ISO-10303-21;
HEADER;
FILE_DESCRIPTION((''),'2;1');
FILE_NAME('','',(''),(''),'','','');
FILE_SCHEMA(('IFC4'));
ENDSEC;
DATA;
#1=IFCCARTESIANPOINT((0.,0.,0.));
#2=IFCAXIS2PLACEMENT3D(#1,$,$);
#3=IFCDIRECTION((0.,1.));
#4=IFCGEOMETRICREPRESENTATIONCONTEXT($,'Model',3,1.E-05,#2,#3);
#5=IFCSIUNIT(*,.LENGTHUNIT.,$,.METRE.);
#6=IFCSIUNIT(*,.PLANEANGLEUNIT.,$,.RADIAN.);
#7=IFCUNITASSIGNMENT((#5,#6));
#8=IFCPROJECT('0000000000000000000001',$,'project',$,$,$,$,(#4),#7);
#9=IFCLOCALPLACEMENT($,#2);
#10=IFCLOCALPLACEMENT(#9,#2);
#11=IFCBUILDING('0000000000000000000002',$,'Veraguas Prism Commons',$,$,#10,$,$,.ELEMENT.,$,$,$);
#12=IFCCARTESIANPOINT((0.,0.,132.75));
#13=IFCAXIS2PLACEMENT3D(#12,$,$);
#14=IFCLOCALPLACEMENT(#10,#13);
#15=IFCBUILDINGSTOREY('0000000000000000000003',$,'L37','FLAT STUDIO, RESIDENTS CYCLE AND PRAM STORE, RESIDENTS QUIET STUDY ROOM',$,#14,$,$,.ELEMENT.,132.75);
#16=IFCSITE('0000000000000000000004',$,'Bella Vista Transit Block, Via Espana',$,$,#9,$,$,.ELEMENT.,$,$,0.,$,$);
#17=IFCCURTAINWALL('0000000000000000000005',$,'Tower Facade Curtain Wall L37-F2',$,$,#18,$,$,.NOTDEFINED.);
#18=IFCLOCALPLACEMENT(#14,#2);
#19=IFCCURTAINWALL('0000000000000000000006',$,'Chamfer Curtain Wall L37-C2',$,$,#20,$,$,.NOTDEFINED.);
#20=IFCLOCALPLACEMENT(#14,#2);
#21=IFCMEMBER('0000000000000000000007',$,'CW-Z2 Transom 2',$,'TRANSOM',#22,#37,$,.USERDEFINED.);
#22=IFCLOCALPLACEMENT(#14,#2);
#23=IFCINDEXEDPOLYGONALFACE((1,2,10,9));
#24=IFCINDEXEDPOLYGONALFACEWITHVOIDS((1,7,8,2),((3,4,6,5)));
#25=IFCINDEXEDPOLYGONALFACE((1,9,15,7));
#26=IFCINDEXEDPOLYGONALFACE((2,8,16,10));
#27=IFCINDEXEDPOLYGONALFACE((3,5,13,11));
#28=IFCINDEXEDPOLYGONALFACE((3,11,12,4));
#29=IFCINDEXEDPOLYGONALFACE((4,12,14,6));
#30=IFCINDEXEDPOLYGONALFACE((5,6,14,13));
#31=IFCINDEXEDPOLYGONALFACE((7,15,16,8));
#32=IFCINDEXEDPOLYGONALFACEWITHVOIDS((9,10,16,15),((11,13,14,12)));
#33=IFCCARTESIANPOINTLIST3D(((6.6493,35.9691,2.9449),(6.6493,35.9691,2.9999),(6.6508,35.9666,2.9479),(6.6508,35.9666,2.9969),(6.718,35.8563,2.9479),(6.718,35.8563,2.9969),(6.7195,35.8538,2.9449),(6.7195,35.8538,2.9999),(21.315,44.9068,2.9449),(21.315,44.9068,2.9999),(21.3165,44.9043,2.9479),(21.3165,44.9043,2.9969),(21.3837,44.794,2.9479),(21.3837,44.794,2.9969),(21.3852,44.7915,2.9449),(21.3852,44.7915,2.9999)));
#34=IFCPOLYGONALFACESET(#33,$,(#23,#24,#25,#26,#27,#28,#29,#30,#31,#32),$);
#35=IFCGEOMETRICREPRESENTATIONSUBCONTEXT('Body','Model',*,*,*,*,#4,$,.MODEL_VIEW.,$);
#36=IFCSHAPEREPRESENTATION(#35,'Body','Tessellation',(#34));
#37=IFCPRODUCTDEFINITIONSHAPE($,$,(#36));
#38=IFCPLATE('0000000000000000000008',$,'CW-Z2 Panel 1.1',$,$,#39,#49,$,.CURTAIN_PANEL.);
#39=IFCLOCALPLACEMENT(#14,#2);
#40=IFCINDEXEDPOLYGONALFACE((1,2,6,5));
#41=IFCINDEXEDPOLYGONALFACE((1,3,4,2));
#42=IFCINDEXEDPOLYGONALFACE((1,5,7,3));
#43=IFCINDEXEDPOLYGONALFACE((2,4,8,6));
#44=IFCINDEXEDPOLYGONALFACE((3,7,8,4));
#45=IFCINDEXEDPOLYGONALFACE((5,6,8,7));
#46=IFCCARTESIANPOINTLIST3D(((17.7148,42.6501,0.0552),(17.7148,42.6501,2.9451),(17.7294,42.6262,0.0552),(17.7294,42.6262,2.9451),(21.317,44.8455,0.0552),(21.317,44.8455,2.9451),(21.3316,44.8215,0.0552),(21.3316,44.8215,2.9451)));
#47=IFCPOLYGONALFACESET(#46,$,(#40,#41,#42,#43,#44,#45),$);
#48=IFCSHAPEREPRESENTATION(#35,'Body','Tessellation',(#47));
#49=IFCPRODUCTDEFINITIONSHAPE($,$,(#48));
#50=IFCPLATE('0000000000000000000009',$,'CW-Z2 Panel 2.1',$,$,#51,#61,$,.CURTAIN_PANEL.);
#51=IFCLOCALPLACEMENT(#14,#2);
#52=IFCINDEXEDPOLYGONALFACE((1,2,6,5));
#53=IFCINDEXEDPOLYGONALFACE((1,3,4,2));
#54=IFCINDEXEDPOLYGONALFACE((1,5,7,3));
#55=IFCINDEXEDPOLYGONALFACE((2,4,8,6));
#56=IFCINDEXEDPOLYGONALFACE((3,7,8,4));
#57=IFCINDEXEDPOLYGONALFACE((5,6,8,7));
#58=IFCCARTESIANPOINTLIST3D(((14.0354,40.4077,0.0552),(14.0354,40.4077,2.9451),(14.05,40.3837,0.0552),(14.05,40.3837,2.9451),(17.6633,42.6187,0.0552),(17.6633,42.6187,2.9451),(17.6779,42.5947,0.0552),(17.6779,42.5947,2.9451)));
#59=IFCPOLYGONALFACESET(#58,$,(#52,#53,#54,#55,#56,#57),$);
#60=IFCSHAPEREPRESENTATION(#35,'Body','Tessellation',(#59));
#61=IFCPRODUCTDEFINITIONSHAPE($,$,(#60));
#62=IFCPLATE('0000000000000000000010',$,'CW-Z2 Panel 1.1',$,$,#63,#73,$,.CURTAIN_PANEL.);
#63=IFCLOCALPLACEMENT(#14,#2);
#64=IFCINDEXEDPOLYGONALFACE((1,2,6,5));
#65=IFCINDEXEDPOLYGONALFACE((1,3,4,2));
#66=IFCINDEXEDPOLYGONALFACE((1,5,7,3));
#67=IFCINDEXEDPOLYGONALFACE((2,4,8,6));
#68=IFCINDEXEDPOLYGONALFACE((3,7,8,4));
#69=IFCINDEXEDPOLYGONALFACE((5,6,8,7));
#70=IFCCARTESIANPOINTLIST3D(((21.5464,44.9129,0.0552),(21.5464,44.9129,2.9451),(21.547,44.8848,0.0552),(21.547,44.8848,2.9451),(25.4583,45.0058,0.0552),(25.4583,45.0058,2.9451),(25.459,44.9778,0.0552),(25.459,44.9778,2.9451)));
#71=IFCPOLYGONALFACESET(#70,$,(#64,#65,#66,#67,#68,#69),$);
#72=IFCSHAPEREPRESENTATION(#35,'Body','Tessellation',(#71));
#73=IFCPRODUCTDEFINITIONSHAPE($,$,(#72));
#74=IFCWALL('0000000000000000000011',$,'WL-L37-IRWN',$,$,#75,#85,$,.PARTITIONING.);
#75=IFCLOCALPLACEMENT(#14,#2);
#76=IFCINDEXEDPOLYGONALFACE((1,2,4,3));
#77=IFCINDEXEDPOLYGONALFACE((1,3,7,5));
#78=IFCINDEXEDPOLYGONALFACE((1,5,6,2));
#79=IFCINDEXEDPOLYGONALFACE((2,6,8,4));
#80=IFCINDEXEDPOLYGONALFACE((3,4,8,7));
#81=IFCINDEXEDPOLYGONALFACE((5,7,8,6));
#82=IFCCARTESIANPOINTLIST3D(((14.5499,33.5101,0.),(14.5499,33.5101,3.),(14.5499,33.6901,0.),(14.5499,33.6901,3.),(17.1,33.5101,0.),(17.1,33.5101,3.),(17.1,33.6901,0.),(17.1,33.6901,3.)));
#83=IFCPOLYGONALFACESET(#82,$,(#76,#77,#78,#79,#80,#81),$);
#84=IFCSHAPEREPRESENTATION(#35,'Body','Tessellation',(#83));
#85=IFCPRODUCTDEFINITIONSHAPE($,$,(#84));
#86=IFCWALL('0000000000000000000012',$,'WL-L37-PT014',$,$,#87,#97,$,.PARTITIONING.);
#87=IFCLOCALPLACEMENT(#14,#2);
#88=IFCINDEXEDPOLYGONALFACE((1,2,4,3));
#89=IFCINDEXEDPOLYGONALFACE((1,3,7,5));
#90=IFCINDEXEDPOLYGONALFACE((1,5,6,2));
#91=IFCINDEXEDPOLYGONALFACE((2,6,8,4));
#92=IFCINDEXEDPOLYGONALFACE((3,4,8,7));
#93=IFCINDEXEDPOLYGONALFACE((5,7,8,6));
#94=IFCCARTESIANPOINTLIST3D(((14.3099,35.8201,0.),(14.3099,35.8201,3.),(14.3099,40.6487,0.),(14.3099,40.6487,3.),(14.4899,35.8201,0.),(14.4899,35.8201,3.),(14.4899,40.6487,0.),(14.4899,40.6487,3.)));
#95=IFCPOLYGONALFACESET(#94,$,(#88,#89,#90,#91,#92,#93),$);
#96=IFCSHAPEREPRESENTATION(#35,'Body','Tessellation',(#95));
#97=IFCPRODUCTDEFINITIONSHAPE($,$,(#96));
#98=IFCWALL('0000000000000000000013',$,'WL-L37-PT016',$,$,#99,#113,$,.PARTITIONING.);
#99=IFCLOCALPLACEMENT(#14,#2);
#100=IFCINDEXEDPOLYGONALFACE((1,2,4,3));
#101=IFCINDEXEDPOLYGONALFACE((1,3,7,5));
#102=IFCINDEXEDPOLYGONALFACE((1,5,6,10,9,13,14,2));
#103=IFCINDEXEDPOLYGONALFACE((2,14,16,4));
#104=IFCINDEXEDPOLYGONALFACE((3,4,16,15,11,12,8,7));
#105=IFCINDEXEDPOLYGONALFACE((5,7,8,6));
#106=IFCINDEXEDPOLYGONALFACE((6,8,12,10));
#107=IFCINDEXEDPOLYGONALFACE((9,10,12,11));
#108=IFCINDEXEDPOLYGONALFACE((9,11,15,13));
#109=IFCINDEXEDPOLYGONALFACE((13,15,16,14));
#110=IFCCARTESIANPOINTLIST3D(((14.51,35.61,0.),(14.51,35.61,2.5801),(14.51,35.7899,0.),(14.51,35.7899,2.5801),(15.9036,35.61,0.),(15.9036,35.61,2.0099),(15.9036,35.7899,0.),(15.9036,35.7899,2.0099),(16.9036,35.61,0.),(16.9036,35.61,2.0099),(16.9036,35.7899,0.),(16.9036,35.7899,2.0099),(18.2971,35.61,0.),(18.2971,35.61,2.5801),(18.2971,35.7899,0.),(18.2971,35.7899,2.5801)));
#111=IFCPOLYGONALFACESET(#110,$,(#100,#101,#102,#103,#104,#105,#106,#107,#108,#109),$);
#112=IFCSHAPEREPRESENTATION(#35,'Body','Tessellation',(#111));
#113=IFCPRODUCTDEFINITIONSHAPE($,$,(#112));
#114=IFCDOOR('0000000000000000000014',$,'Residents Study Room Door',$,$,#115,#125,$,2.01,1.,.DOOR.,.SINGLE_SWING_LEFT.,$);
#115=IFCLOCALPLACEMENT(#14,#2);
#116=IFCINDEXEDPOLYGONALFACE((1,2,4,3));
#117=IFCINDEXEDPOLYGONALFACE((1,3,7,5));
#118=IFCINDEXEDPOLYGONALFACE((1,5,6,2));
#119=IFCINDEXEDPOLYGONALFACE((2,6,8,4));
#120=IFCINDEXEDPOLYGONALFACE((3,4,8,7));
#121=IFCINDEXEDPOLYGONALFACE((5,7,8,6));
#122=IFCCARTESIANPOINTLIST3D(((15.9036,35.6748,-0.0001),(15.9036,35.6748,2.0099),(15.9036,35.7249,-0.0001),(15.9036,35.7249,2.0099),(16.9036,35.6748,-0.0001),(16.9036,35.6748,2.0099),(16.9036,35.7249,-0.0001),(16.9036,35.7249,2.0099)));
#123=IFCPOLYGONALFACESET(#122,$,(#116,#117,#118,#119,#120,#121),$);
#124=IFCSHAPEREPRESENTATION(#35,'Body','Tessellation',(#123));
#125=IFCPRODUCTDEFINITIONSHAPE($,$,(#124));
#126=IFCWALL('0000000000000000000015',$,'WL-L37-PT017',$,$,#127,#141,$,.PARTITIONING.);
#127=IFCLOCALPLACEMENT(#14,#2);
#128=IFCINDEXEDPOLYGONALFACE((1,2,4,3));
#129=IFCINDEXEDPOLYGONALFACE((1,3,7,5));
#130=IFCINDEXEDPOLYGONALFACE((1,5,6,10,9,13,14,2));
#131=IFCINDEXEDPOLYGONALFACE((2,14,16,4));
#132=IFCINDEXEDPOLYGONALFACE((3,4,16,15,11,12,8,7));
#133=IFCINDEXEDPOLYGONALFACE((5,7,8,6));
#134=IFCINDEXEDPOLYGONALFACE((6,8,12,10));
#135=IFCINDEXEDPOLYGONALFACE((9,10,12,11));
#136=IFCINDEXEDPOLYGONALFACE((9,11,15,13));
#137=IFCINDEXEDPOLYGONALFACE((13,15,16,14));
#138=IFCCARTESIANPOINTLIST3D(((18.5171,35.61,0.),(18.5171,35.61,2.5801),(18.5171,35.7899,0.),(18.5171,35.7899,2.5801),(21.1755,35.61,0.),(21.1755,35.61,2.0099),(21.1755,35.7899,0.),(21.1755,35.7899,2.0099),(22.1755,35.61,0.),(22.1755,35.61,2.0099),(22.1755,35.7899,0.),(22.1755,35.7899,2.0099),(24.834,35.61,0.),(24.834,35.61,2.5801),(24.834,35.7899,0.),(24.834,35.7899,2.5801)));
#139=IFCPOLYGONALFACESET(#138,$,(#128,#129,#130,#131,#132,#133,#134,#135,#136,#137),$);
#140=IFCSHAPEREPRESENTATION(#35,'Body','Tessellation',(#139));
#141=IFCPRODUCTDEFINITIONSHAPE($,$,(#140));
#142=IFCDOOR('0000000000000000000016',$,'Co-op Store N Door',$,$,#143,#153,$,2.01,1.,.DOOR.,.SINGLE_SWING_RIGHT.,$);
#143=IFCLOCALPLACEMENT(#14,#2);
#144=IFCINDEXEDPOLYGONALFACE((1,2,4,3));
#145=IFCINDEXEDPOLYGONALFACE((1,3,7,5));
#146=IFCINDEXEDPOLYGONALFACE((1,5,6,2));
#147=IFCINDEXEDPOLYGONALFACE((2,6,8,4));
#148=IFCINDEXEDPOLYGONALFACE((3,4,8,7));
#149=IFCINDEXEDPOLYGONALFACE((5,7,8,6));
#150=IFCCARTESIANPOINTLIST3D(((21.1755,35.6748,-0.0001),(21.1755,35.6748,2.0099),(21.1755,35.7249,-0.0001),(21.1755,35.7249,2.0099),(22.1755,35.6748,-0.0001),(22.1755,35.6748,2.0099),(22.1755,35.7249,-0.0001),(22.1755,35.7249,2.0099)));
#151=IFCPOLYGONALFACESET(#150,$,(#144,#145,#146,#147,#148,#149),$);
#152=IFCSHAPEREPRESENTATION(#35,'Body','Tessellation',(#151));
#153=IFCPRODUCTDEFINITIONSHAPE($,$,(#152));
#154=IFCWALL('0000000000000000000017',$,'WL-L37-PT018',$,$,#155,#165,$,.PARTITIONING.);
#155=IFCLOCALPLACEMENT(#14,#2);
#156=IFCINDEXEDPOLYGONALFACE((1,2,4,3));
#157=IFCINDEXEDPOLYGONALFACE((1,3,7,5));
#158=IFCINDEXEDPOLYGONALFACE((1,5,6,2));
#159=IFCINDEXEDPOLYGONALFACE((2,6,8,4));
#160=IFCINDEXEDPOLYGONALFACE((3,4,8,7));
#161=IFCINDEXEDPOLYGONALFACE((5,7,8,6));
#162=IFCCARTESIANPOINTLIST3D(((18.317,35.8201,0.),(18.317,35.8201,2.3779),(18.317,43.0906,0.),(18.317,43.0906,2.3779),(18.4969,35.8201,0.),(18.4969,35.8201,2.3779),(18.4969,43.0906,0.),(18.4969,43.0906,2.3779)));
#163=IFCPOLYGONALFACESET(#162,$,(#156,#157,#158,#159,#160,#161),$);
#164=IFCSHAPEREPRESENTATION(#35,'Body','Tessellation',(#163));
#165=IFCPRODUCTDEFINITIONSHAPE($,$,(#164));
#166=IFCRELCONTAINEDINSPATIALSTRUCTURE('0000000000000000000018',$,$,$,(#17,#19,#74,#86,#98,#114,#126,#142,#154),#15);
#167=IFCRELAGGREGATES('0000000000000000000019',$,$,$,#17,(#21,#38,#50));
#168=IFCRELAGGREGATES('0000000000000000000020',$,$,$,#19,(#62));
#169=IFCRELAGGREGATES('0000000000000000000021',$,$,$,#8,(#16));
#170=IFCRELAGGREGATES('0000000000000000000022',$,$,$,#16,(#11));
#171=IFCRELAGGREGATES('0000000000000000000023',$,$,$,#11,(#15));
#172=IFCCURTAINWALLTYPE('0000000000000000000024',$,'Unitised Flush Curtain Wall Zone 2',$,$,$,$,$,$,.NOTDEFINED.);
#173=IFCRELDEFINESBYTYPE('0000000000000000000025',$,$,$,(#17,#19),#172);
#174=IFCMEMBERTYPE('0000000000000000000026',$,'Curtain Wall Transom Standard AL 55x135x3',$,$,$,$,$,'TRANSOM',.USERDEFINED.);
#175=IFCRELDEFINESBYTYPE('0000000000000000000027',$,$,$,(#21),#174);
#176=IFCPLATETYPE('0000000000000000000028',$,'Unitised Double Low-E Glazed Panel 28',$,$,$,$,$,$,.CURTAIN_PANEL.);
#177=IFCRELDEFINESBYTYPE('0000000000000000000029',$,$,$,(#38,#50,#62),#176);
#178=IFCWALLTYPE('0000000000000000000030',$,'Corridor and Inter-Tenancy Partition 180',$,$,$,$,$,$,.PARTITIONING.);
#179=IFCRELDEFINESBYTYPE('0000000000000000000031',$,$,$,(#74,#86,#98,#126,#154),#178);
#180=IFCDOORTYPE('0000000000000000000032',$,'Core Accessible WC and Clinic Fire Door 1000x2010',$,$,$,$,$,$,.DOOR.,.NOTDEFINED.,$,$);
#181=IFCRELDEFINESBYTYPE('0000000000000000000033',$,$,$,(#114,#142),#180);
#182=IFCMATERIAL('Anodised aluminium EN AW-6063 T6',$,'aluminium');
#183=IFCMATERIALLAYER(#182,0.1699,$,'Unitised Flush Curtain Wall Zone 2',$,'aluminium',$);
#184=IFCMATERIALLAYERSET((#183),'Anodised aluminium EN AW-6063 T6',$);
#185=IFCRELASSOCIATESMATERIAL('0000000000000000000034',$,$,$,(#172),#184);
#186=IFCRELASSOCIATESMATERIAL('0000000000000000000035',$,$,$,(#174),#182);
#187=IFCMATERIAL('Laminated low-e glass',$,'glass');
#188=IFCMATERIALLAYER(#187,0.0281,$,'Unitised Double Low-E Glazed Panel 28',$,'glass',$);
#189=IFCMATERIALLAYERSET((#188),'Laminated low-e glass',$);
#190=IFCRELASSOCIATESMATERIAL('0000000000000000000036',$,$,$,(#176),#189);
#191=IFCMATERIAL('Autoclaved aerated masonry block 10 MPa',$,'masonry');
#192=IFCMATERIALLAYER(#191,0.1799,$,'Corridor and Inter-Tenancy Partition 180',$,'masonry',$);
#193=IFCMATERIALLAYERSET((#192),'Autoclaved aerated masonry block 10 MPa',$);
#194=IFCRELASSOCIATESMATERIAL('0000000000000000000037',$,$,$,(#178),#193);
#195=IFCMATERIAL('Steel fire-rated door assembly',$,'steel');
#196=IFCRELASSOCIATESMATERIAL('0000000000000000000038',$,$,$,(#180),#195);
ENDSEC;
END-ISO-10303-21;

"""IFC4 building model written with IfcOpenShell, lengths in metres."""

from ifc_helpers import new_model, si_unit, direction, frame, frame_2d, origin, origin_2d, place, context, subcontext, project, spatial, rectangle, hollow_rectangle, extrude, source, transform, mapped, material, layer, layer_set, material_profile, profile_set, type_object, element, fill, aggregate, save


model = new_model("IFC4")

# Units and contexts
model_context = context("Model", 3, precision=1e-05, world=origin(), true_north=direction((0.0, 1.0)))
body_context = subcontext(model_context, "Body", "Model", "MODEL_VIEW")
ifc_project = project(units=[si_unit("LENGTHUNIT", "METRE"), si_unit("PLANEANGLEUNIT", "RADIAN")], contexts=[model_context])

# Site, building, storey
site_placement = place(None, origin())
site = spatial("IfcSite", under=ifc_project, at=site_placement, Name="Bella Vista Transit Block, Via Espana", CompositionType="ELEMENT", RefElevation=0.0)
building_placement = place(site_placement, origin())
building = spatial("IfcBuilding", under=site, at=building_placement, Name="Veraguas Prism Commons", CompositionType="ELEMENT")
storey_placement = place(building_placement, frame((0.0, 0.0, 132.75)))
storey = spatial("IfcBuildingStorey", under=building, at=storey_placement, Name="L37", Description="FLAT STUDIO, RESIDENTS CYCLE AND PRAM STORE, RESIDENTS QUIET STUDY ROOM", CompositionType="ELEMENT", Elevation=132.75)

# Curtain wall
ifc_material_1 = material(Name="Anodised aluminium EN AW-6063 T6", Category="aluminium")
ifc_layer_1 = layer(ifc_material_1, 0.1699, Name="Unitised Flush Curtain Wall Zone 2", Category="aluminium")
ifc_layer_set_1 = layer_set([ifc_layer_1], Name="Anodised aluminium EN AW-6063 T6")
curtain_wall_type = type_object("IfcCurtainWallType", Name="Unitised Flush Curtain Wall Zone 2", PredefinedType="NOTDEFINED", material=ifc_layer_set_1)
curtain_wall_1_placement = place(storey_placement, origin())
curtain_wall_1 = element("IfcCurtainWall", 1, at=curtain_wall_1_placement, inside=storey, type_object=curtain_wall_type, Name="Tower Facade Curtain Wall L37-F2", PredefinedType="NOTDEFINED")

# Curtain wall
curtain_wall_2_placement = place(storey_placement, origin())
curtain_wall_2 = element("IfcCurtainWall", 2, at=curtain_wall_2_placement, inside=storey, type_object=curtain_wall_type, Name="Chamfer Curtain Wall L37-C2", PredefinedType="NOTDEFINED")

# Member
ifc_material_profile_1 = material_profile(ifc_material_1, hollow_rectangle(XDim=0.0549, YDim=0.135, WallThickness=0.0029, at=origin_2d()), Name="AL55X135X3")
ifc_profile_set_1 = profile_set([ifc_material_profile_1], Name="Anodised aluminium EN AW-6063 T6")
member_type_1 = type_object("IfcMemberType", Name="Curtain Wall Transom Standard AL 55x135x3", ElementType="TRANSOM", PredefinedType="USERDEFINED", material=ifc_profile_set_1)
shared_shape_1 = source(origin(), body_context, "Body", "SweptSolid", [
    extrude(hollow_rectangle(XDim=0.0549, YDim=0.135, WallThickness=0.0029, at=origin_2d()), origin(), (0.0, 0.0, 1.0), 17.1746),
])
member_1_placement = place(storey_placement, frame((21.3501, 44.8491, 2.9724), z_axis=(-0.85392, -0.520404, 0.0), x_axis=(0.0, 0.0, 1.0)))
member_1 = element("IfcMember", 3, at=member_1_placement, type_object=member_type_1, Name="CW-Z2 Transom 2", ObjectType="TRANSOM", PredefinedType="USERDEFINED", context=body_context, shape_type="MappedRepresentation", body=[
    mapped(shared_shape_1, transform((0.0, 0.0, 0.0), scale=1.0)),
])

# Plates
ifc_material_2 = material(Name="Laminated low-e glass", Category="glass")
ifc_layer_2 = layer(ifc_material_2, 0.0281, Name="Unitised Double Low-E Glazed Panel 28", Category="glass")
ifc_layer_set_2 = layer_set([ifc_layer_2], Name="Laminated low-e glass")
plate_type = type_object("IfcPlateType", Name="Unitised Double Low-E Glazed Panel 28", PredefinedType="CURTAIN_PANEL", material=ifc_layer_set_2)
shared_shape_2 = source(origin(), body_context, "Body", "SweptSolid", [
    extrude(rectangle(XDim=4.2185, YDim=0.0281, at=origin_2d()), origin(), (0.0, 0.0, 1.0), 2.8899),
])
plate_1_placement = place(storey_placement, frame((19.5232, 43.7358, 0.0552), z_axis=(0.0, 0.0, 1.0), x_axis=(-0.853916, -0.520411, 0.0)))
plate_1 = element("IfcPlate", 4, at=plate_1_placement, type_object=plate_type, Name="CW-Z2 Panel 1.1", PredefinedType="CURTAIN_PANEL", context=body_context, shape_type="MappedRepresentation", body=[
    mapped(shared_shape_2, transform((0.0, 0.0, 0.0), scale=1.0)),
])
shared_shape_3 = source(origin(), body_context, "Body", "SweptSolid", [
    extrude(rectangle(XDim=4.2485, YDim=0.0281, at=origin_2d()), origin(), (0.0, 0.0, 1.0), 2.8899),
])
plate_2_placement = place(storey_placement, frame((15.8567, 41.5012, 0.0552), z_axis=(0.0, 0.0, 1.0), x_axis=(-0.853916, -0.520411, 0.0)))
plate_2 = element("IfcPlate", 5, at=plate_2_placement, type_object=plate_type, Name="CW-Z2 Panel 2.1", PredefinedType="CURTAIN_PANEL", context=body_context, shape_type="MappedRepresentation", body=[
    mapped(shared_shape_3, transform((0.0, 0.0, 0.0), scale=1.0)),
])
aggregate(curtain_wall_1, [member_1, plate_1, plate_2])
shared_shape_4 = source(origin(), body_context, "Body", "SweptSolid", [
    extrude(rectangle(XDim=3.9131, YDim=0.0281, at=origin_2d()), origin(), (0.0, 0.0, 1.0), 2.8899),
])
plate_3_placement = place(storey_placement, frame((23.5027, 44.9453, 0.0552), z_axis=(0.0, 0.0, 1.0), x_axis=(-0.999718, -0.023753, 0.0)))
plate_3 = element("IfcPlate", 6, at=plate_3_placement, type_object=plate_type, Name="CW-Z2 Panel 1.1", PredefinedType="CURTAIN_PANEL", context=body_context, shape_type="MappedRepresentation", body=[
    mapped(shared_shape_4, transform((0.0, 0.0, 0.0), scale=1.0)),
])
aggregate(curtain_wall_2, [plate_3])

# Walls
ifc_material_3 = material(Name="Autoclaved aerated masonry block 10 MPa", Category="masonry")
ifc_layer_3 = layer(ifc_material_3, 0.1799, Name="Corridor and Inter-Tenancy Partition 180", Category="masonry")
ifc_layer_set_3 = layer_set([ifc_layer_3], Name="Autoclaved aerated masonry block 10 MPa")
wall_type = type_object("IfcWallType", Name="Corridor and Inter-Tenancy Partition 180", PredefinedType="PARTITIONING", material=ifc_layer_set_3)
wall_1_placement = place(storey_placement, frame((14.55, 33.6001, 0.0), z_axis=(0.0, 0.0, 1.0), x_axis=(1.0, 0.0, 0.0)))
element("IfcWall", 7, at=wall_1_placement, inside=storey, type_object=wall_type, Name="WL-L37-IRWN", PredefinedType="PARTITIONING", context=body_context, shape_type="SweptSolid", body=[
    extrude(rectangle(XDim=2.55, YDim=0.1799, at=frame_2d((1.2749, 0.0))), origin(), (0.0, 0.0, 1.0), 3.0),
])
wall_2_placement = place(storey_placement, frame((14.3999, 35.8201, 0.0), z_axis=(0.0, 0.0, 1.0), x_axis=(0.0, 1.0, 0.0)))
element("IfcWall", 8, at=wall_2_placement, inside=storey, type_object=wall_type, Name="WL-L37-PT014", PredefinedType="PARTITIONING", context=body_context, shape_type="SweptSolid", body=[
    extrude(rectangle(XDim=4.8286, YDim=0.1799, at=frame_2d((2.4143, 0.0))), origin(), (0.0, 0.0, 1.0), 3.0),
])

# Walls, openings, doors
wall_3_placement = place(storey_placement, frame((14.51, 35.7, 0.0), z_axis=(0.0, 0.0, 1.0), x_axis=(1.0, 0.0, 0.0)))
wall_3 = element("IfcWall", 9, at=wall_3_placement, inside=storey, type_object=wall_type, Name="WL-L37-PT016", PredefinedType="PARTITIONING", context=body_context, shape_type="SweptSolid", body=[
    extrude(rectangle(XDim=3.7871, YDim=0.1799, at=frame_2d((1.8936, 0.0))), origin(), (0.0, 0.0, 1.0), 2.5801),
])
opening_1_placement = place(wall_3_placement, frame((1.3936, 0.0, 0.0)))
opening_1 = element("IfcOpeningElement", 10, at=opening_1_placement, cuts=wall_3, PredefinedType="OPENING", context=body_context, shape_type="SweptSolid", body=[
    extrude(rectangle(XDim=1.0, YDim=2.01, at=frame_2d((0.5, 1.0049))), frame((0.0, 0.0999, 0.0), z_axis=(0.0, -1.0, 0.0), x_axis=(1.0, 0.0, 0.0)), (0.0, 0.0, 1.0), 0.2),
])
ifc_material_4 = material(Name="Steel fire-rated door assembly", Category="steel")
door_type = type_object("IfcDoorType", Name="Core Accessible WC and Clinic Fire Door 1000x2010", OperationType="NOTDEFINED", PredefinedType="DOOR", material=ifc_material_4)
shared_shape_5 = source(origin(), body_context, "Body", "SweptSolid", [
    extrude(rectangle(XDim=1.0, YDim=2.01, at=frame_2d((0.5, 1.0049))), frame((0.0, 0.0249, 0.0), z_axis=(0.0, -1.0, 0.0), x_axis=(1.0, 0.0, 0.0)), (0.0, 0.0, 1.0), 0.05),
])
door_1_placement = place(opening_1_placement, origin())
door_1 = element("IfcDoor", 11, at=door_1_placement, inside=storey, type_object=door_type, Name="Residents Study Room Door", OperationType="SINGLE_SWING_LEFT", OverallHeight=2.01, OverallWidth=1.0, PredefinedType="DOOR", context=body_context, shape_type="MappedRepresentation", body=[
    mapped(shared_shape_5, transform((0.0, 0.0, 0.0), scale=1.0)),
])
fill(opening_1, door_1)
wall_4_placement = place(storey_placement, frame((18.5171, 35.7, 0.0), z_axis=(0.0, 0.0, 1.0), x_axis=(1.0, 0.0, 0.0)))
wall_4 = element("IfcWall", 12, at=wall_4_placement, inside=storey, type_object=wall_type, Name="WL-L37-PT017", PredefinedType="PARTITIONING", context=body_context, shape_type="SweptSolid", body=[
    extrude(rectangle(XDim=6.3169, YDim=0.1799, at=frame_2d((3.1584, 0.0))), origin(), (0.0, 0.0, 1.0), 2.5801),
])
opening_2_placement = place(wall_4_placement, frame((2.6584, 0.0, 0.0)))
opening_2 = element("IfcOpeningElement", 13, at=opening_2_placement, cuts=wall_4, PredefinedType="OPENING", context=body_context, shape_type="SweptSolid", body=[
    extrude(rectangle(XDim=1.0, YDim=2.01, at=frame_2d((0.5, 1.0049))), frame((0.0, 0.0999, 0.0), z_axis=(0.0, -1.0, 0.0), x_axis=(1.0, 0.0, 0.0)), (0.0, 0.0, 1.0), 0.2),
])
door_2_placement = place(opening_2_placement, origin())
door_2 = element("IfcDoor", 14, at=door_2_placement, inside=storey, type_object=door_type, Name="Co-op Store N Door", OperationType="SINGLE_SWING_RIGHT", OverallHeight=2.01, OverallWidth=1.0, PredefinedType="DOOR", context=body_context, shape_type="MappedRepresentation", body=[
    mapped(shared_shape_5, transform((0.0, 0.0, 0.0), scale=1.0)),
])
fill(opening_2, door_2)

# Wall
wall_5_placement = place(storey_placement, frame((18.407, 35.8201, 0.0), z_axis=(0.0, 0.0, 1.0), x_axis=(0.0, 1.0, 0.0)))
element("IfcWall", 15, at=wall_5_placement, inside=storey, type_object=wall_type, Name="WL-L37-PT018", PredefinedType="PARTITIONING", context=body_context, shape_type="SweptSolid", body=[
    extrude(rectangle(XDim=7.2705, YDim=0.1799, at=frame_2d((3.6353, 0.0))), origin(), (0.0, 0.0, 1.0), 2.3779),
])

save(model, "model.ifc")
